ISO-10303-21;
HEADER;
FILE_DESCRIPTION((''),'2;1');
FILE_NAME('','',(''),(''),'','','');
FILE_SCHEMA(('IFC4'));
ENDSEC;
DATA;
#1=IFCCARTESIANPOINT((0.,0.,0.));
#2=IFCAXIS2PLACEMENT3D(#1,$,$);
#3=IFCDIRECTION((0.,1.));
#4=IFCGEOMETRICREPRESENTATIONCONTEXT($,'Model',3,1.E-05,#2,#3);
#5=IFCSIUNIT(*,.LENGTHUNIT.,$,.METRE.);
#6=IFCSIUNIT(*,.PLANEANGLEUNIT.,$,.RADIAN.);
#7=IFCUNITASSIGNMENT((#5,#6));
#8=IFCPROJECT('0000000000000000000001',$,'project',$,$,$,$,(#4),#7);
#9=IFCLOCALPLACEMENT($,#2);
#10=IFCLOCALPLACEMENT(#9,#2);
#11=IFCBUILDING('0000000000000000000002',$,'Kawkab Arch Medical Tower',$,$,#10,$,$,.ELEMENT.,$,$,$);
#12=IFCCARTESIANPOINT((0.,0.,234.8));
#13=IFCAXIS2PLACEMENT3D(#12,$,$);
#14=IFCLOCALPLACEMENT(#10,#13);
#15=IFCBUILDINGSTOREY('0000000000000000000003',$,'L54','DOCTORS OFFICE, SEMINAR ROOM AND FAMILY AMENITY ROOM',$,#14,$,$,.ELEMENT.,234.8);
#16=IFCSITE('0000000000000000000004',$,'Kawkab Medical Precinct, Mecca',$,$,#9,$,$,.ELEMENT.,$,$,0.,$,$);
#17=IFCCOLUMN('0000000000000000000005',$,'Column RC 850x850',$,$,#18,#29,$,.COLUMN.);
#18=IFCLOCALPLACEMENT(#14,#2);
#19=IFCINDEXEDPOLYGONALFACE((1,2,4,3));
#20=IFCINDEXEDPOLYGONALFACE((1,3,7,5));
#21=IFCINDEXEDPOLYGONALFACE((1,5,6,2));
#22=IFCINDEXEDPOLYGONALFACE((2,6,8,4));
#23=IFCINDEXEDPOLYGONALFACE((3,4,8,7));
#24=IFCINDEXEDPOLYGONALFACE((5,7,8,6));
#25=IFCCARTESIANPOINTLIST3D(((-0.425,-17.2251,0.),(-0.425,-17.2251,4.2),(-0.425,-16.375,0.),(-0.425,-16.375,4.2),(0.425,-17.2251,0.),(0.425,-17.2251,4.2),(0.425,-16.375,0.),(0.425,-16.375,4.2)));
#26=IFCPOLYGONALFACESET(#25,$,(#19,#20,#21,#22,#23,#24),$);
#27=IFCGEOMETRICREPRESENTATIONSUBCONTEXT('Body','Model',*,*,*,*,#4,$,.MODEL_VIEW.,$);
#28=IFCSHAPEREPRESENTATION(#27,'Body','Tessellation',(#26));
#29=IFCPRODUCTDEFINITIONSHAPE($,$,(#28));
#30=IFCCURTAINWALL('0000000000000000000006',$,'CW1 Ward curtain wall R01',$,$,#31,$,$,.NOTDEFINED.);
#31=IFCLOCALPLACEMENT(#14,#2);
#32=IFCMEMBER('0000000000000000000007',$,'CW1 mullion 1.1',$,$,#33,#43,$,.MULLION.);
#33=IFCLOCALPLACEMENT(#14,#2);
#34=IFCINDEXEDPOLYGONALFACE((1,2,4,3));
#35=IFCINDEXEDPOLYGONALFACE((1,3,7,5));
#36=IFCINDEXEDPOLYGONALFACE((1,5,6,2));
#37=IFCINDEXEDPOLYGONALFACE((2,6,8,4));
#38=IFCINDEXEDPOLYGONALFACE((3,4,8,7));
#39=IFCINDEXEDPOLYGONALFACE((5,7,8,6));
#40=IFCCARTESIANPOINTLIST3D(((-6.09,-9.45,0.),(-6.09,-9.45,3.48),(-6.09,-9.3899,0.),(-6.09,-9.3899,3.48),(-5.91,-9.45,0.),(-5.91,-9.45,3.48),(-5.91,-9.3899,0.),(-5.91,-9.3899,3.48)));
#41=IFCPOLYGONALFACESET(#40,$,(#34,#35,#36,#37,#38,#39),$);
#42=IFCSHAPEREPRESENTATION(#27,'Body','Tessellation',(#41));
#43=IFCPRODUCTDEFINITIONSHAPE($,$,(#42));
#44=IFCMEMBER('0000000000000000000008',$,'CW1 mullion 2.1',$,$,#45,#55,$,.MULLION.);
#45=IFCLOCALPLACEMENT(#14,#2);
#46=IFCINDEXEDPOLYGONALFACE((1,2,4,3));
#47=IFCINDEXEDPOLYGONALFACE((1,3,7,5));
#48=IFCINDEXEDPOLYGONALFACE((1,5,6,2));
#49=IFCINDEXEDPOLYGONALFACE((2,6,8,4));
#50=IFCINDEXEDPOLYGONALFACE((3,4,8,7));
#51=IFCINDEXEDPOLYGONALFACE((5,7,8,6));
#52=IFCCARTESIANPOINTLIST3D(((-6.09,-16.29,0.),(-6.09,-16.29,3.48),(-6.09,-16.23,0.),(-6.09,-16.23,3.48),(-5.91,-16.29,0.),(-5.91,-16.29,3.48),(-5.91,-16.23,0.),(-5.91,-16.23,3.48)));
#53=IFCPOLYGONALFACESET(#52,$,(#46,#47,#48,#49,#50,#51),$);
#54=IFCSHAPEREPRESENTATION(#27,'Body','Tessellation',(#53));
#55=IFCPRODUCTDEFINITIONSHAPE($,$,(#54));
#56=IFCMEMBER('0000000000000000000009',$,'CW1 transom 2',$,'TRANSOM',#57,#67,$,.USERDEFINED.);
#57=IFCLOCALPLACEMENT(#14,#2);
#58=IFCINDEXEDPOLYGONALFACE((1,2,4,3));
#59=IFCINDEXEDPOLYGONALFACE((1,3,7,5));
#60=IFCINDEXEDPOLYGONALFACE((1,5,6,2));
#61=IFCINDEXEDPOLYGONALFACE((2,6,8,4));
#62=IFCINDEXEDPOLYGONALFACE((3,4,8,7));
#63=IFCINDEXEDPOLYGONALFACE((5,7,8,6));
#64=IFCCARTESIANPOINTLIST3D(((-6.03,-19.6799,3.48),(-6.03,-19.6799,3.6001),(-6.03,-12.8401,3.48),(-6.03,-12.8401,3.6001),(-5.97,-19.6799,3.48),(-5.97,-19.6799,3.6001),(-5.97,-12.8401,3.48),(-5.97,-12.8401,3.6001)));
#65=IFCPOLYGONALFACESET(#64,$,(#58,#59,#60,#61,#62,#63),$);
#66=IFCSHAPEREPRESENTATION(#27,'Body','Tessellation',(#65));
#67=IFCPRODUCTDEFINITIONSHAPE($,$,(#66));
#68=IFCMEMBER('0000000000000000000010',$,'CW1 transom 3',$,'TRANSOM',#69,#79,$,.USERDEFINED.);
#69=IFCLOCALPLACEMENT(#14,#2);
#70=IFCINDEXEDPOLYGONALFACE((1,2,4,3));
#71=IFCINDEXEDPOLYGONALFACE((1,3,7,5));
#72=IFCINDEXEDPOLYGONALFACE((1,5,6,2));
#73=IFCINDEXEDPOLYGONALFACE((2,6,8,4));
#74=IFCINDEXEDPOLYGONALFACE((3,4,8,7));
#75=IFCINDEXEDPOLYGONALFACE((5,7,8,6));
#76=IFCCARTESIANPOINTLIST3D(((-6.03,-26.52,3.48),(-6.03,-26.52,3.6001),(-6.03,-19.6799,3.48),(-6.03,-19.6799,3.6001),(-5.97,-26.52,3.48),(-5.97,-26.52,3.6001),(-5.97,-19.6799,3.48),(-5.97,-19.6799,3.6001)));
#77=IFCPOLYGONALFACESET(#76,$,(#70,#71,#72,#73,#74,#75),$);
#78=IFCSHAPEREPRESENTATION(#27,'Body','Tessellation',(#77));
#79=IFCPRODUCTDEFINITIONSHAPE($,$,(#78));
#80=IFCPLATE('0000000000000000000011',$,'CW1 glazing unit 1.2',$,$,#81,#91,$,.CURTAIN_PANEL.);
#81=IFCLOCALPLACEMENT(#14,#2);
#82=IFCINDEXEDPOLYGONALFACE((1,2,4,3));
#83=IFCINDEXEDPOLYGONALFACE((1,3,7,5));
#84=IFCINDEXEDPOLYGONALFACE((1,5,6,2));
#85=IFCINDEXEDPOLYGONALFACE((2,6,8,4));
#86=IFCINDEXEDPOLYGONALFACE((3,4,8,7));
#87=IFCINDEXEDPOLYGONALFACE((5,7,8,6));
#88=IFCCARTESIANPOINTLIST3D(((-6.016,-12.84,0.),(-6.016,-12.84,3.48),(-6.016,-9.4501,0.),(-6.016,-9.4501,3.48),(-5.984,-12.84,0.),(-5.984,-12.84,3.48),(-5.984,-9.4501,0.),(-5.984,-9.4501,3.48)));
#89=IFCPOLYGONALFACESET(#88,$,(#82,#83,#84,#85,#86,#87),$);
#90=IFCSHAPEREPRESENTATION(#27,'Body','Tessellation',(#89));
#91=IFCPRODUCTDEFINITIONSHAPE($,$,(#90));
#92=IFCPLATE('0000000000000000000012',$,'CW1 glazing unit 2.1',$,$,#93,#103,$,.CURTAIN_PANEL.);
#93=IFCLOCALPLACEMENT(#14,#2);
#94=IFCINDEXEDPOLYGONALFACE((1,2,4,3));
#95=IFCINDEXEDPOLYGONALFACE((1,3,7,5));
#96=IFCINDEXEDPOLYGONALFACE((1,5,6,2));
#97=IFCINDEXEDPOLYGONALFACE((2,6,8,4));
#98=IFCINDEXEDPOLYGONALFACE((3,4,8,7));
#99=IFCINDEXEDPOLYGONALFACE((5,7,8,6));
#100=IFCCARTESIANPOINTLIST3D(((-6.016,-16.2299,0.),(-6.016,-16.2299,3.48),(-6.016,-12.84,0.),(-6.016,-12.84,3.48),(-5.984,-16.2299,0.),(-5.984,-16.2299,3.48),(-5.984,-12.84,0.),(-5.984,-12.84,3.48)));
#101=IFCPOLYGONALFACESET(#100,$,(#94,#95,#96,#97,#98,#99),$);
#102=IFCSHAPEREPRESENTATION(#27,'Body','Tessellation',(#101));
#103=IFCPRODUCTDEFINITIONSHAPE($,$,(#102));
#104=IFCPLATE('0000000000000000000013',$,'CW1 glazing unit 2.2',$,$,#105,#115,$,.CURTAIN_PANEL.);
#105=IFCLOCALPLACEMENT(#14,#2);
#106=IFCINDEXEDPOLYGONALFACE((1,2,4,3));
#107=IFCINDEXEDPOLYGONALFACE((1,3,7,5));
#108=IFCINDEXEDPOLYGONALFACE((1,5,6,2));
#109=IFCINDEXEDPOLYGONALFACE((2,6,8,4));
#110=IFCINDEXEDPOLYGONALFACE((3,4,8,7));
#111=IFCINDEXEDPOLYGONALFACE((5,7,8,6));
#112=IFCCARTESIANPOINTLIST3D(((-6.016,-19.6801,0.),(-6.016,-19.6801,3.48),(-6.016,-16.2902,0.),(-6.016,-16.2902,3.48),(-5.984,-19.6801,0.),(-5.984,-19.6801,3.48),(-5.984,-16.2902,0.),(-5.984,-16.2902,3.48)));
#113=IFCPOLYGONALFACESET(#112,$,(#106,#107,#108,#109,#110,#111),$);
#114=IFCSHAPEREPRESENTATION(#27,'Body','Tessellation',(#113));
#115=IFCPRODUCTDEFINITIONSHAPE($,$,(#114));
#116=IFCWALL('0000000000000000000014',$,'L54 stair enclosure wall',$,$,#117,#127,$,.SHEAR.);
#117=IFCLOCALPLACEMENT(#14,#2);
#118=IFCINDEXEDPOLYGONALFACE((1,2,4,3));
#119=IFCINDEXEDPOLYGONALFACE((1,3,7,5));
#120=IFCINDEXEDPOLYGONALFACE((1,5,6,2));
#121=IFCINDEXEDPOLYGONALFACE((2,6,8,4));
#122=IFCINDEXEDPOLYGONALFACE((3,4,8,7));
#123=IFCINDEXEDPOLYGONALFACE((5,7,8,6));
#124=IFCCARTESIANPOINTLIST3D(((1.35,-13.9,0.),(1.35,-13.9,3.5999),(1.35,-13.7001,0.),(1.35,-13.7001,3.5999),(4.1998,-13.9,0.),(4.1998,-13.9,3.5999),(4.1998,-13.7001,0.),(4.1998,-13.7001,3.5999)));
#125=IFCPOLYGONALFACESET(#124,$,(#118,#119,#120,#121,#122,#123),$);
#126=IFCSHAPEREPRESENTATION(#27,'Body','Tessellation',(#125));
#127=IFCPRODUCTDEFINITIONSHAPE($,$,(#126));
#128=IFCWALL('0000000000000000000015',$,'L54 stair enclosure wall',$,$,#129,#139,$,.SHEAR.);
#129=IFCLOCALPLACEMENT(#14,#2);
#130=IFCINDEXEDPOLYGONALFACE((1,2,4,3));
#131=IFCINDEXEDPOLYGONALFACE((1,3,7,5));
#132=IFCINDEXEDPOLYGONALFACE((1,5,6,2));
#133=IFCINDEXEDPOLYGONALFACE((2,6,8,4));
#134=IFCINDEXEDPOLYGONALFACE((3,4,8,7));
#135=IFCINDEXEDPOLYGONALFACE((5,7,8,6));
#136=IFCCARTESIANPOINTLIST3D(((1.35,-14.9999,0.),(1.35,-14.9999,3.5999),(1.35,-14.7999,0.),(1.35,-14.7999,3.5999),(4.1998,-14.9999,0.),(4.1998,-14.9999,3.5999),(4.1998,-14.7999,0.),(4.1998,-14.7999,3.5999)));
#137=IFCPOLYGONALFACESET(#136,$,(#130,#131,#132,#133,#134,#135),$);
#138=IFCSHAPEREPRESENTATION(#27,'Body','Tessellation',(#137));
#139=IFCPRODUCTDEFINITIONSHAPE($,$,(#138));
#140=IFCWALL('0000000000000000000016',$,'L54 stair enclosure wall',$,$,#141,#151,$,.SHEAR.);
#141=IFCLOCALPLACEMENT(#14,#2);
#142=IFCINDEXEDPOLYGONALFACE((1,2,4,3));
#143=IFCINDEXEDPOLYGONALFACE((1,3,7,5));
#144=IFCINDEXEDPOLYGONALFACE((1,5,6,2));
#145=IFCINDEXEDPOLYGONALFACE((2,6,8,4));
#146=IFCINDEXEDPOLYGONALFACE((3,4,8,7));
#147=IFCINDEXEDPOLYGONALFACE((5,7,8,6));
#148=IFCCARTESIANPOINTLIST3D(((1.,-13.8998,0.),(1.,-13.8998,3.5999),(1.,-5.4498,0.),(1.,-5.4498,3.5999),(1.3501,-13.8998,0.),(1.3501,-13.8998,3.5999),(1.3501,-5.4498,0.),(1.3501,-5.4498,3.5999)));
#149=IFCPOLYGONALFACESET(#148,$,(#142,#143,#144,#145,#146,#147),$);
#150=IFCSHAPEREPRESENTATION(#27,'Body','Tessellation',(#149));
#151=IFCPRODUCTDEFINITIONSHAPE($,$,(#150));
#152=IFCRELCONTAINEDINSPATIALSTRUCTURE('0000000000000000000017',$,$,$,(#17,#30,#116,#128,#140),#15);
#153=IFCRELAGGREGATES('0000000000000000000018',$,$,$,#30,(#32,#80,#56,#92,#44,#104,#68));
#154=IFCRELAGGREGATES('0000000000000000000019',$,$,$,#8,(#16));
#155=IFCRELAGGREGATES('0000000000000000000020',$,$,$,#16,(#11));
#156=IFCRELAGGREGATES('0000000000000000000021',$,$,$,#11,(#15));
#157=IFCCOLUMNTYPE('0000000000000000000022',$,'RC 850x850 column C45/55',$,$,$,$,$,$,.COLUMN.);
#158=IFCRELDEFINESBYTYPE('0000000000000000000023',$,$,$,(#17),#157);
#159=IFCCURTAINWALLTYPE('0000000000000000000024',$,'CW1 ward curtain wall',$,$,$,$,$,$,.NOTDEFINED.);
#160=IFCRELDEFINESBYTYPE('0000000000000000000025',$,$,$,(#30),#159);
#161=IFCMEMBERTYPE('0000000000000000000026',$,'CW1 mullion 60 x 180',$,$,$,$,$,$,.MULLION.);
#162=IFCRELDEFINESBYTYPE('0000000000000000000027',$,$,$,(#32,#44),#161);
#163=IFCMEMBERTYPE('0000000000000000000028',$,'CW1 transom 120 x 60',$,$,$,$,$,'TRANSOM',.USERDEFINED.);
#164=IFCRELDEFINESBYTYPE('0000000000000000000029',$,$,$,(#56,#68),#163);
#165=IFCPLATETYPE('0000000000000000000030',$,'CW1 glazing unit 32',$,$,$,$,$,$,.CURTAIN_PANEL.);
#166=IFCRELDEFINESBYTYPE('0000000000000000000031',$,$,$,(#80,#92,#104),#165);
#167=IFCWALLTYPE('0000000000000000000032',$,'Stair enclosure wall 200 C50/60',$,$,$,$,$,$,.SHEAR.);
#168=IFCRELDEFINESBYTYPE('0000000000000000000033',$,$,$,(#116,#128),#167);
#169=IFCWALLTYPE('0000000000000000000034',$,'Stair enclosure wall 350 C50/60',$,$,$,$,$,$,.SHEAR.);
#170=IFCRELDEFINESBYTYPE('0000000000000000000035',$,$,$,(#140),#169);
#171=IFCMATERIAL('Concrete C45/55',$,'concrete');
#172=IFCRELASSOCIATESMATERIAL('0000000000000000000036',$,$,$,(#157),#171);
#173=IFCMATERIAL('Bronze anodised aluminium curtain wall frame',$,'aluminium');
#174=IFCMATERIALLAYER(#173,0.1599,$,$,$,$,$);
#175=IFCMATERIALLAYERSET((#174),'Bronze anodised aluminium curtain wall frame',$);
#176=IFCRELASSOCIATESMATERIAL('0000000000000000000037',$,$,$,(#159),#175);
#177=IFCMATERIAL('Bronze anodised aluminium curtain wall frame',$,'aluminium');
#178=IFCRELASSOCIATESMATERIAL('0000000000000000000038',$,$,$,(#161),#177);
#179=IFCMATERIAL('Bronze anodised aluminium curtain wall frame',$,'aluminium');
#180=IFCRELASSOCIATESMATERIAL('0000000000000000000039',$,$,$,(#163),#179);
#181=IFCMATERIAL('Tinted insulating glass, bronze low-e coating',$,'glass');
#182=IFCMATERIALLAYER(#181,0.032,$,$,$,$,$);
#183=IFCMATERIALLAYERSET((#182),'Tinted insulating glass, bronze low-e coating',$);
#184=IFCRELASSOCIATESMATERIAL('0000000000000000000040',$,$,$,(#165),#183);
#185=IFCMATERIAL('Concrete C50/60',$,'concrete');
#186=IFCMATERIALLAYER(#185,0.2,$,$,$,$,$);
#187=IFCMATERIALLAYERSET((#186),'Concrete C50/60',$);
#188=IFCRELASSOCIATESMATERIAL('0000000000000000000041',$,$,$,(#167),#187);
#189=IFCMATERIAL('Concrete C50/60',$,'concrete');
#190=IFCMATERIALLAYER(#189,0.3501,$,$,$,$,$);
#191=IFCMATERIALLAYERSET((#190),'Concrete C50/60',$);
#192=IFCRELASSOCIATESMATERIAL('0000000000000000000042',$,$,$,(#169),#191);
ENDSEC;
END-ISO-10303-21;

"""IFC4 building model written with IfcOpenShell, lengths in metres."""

from ifc_helpers import new_model, si_unit, direction, frame, frame_2d, origin, origin_2d, place, context, subcontext, project, spatial, rectangle, extrude, material, layer, layer_set, material_profile, profile_set, type_object, element, aggregate, save


model = new_model("IFC4")

# Units and contexts
model_context = context("Model", 3, precision=1e-05, world=origin(), true_north=direction((0.0, 1.0)))
body_context = subcontext(model_context, "Body", "Model", "MODEL_VIEW")
ifc_project = project(units=[si_unit("LENGTHUNIT", "METRE"), si_unit("PLANEANGLEUNIT", "RADIAN")], contexts=[model_context])

# Site, building, storey
site_placement = place(None, origin())
site = spatial("IfcSite", under=ifc_project, at=site_placement, Name="Kawkab Medical Precinct, Mecca", CompositionType="ELEMENT", RefElevation=0.0)
building_placement = place(site_placement, origin())
building = spatial("IfcBuilding", under=site, at=building_placement, Name="Kawkab Arch Medical Tower", CompositionType="ELEMENT")
storey_placement = place(building_placement, frame((0.0, 0.0, 234.8)))
storey = spatial("IfcBuildingStorey", under=building, at=storey_placement, Name="L54", Description="DOCTORS OFFICE, SEMINAR ROOM AND FAMILY AMENITY ROOM", CompositionType="ELEMENT", Elevation=234.8)

# Column
ifc_material_1 = material(Name="Concrete C45/55", Category="concrete")
ifc_material_profile_1 = material_profile(ifc_material_1, rectangle(XDim=0.8501, YDim=0.8501, at=origin_2d()), Name="RC 850x850")
ifc_profile_set_1 = profile_set([ifc_material_profile_1], Name="Concrete C45/55")
column_type = type_object("IfcColumnType", Name="RC 850x850 column C45/55", PredefinedType="COLUMN", material=ifc_profile_set_1)
column_placement = place(storey_placement, frame((0.0, -16.8, 0.0), z_axis=(0.0, 0.0, 1.0), x_axis=(1.0, 0.0, 0.0)))
element("IfcColumn", 1, at=column_placement, inside=storey, type_object=column_type, Name="Column RC 850x850", PredefinedType="COLUMN", context=body_context, shape_type="SweptSolid", body=[
    extrude(rectangle(XDim=0.8501, YDim=0.8501, at=origin_2d()), origin(), (0.0, 0.0, 1.0), 4.2),
])

# Curtain wall, members, plates
ifc_material_2 = material(Name="Bronze anodised aluminium curtain wall frame", Category="aluminium")
ifc_layer_1 = layer(ifc_material_2, 0.1599)
ifc_layer_set_1 = layer_set([ifc_layer_1], Name="Bronze anodised aluminium curtain wall frame")
curtain_wall_type = type_object("IfcCurtainWallType", Name="CW1 ward curtain wall", PredefinedType="NOTDEFINED", material=ifc_layer_set_1)
placement = place(storey_placement, origin())
curtain_wall = element("IfcCurtainWall", 2, at=placement, inside=storey, type_object=curtain_wall_type, Name="CW1 Ward curtain wall R01", PredefinedType="NOTDEFINED")
ifc_material_3 = material(Name="Bronze anodised aluminium curtain wall frame", Category="aluminium")
ifc_material_profile_2 = material_profile(ifc_material_3, rectangle(XDim=0.1799, YDim=0.0601, at=origin_2d()), Name="AL 60x180")
ifc_profile_set_2 = profile_set([ifc_material_profile_2], Name="Bronze anodised aluminium curtain wall frame")
member_type_1 = type_object("IfcMemberType", Name="CW1 mullion 60 x 180", PredefinedType="MULLION", material=ifc_profile_set_2)
member_1_placement = place(storey_placement, frame((-6.0, -9.4199, 0.0), z_axis=(0.0, 0.0, 1.0), x_axis=(1.0, 0.0, 0.0)))
member_1 = element("IfcMember", 3, at=member_1_placement, type_object=member_type_1, Name="CW1 mullion 1.1", PredefinedType="MULLION", context=body_context, shape_type="SweptSolid", body=[
    extrude(rectangle(XDim=0.1799, YDim=0.0601, at=origin_2d()), origin(), (0.0, 0.0, 1.0), 3.48),
])
member_2_placement = place(storey_placement, frame((-6.0, -16.26, 0.0), z_axis=(0.0, 0.0, 1.0), x_axis=(1.0, 0.0, 0.0)))
member_2 = element("IfcMember", 4, at=member_2_placement, type_object=member_type_1, Name="CW1 mullion 2.1", PredefinedType="MULLION", context=body_context, shape_type="SweptSolid", body=[
    extrude(rectangle(XDim=0.1799, YDim=0.0601, at=origin_2d()), origin(), (0.0, 0.0, 1.0), 3.48),
])
ifc_material_4 = material(Name="Bronze anodised aluminium curtain wall frame", Category="aluminium")
ifc_material_profile_3 = material_profile(ifc_material_4, rectangle(XDim=0.0601, YDim=0.1201, at=origin_2d()), Name="AL 60x120")
ifc_profile_set_3 = profile_set([ifc_material_profile_3], Name="Bronze anodised aluminium curtain wall frame")
member_type_2 = type_object("IfcMemberType", Name="CW1 transom 120 x 60", ElementType="TRANSOM", PredefinedType="USERDEFINED", material=ifc_profile_set_3)
member_3_placement = place(storey_placement, frame((-6.0, -12.8401, 3.54), z_axis=(0.0, -1.0, 0.0), x_axis=(1.0, 0.0, 0.0)))
member_3 = element("IfcMember", 5, at=member_3_placement, type_object=member_type_2, Name="CW1 transom 2", ObjectType="TRANSOM", PredefinedType="USERDEFINED", context=body_context, shape_type="SweptSolid", body=[
    extrude(rectangle(XDim=0.0601, YDim=0.1201, at=origin_2d()), origin(), (0.0, 0.0, 1.0), 6.8398),
])
member_4_placement = place(storey_placement, frame((-6.0, -19.6799, 3.54), z_axis=(0.0, -1.0, 0.0), x_axis=(1.0, 0.0, 0.0)))
member_4 = element("IfcMember", 6, at=member_4_placement, type_object=member_type_2, Name="CW1 transom 3", ObjectType="TRANSOM", PredefinedType="USERDEFINED", context=body_context, shape_type="SweptSolid", body=[
    extrude(rectangle(XDim=0.0601, YDim=0.1201, at=origin_2d()), origin(), (0.0, 0.0, 1.0), 6.8401),
])
ifc_material_5 = material(Name="Tinted insulating glass, bronze low-e coating", Category="glass")
ifc_layer_2 = layer(ifc_material_5, 0.032)
ifc_layer_set_2 = layer_set([ifc_layer_2], Name="Tinted insulating glass, bronze low-e coating")
plate_type = type_object("IfcPlateType", Name="CW1 glazing unit 32", PredefinedType="CURTAIN_PANEL", material=ifc_layer_set_2)
plate_1_placement = place(storey_placement, frame((-6.0, -11.145, 0.0), z_axis=(0.0, 0.0, 1.0), x_axis=(0.0, -1.0, 0.0)))
plate_1 = element("IfcPlate", 7, at=plate_1_placement, type_object=plate_type, Name="CW1 glazing unit 1.2", PredefinedType="CURTAIN_PANEL", context=body_context, shape_type="SweptSolid", body=[
    extrude(rectangle(XDim=3.3899, YDim=0.032, at=origin_2d()), origin(), (0.0, 0.0, 1.0), 3.48),
])
plate_2_placement = place(storey_placement, frame((-6.0, -14.5349, 0.0), z_axis=(0.0, 0.0, 1.0), x_axis=(0.0, -1.0, 0.0)))
plate_2 = element("IfcPlate", 8, at=plate_2_placement, type_object=plate_type, Name="CW1 glazing unit 2.1", PredefinedType="CURTAIN_PANEL", context=body_context, shape_type="SweptSolid", body=[
    extrude(rectangle(XDim=3.3899, YDim=0.032, at=origin_2d()), origin(), (0.0, 0.0, 1.0), 3.48),
])
plate_3_placement = place(storey_placement, frame((-6.0, -17.9851, 0.0), z_axis=(0.0, 0.0, 1.0), x_axis=(0.0, -1.0, 0.0)))
plate_3 = element("IfcPlate", 9, at=plate_3_placement, type_object=plate_type, Name="CW1 glazing unit 2.2", PredefinedType="CURTAIN_PANEL", context=body_context, shape_type="SweptSolid", body=[
    extrude(rectangle(XDim=3.3899, YDim=0.032, at=origin_2d()), origin(), (0.0, 0.0, 1.0), 3.48),
])
aggregate(curtain_wall, [member_1, plate_1, member_3, plate_2, member_2, plate_3, member_4])

# Walls
ifc_material_6 = material(Name="Concrete C50/60", Category="concrete")
ifc_layer_3 = layer(ifc_material_6, 0.2)
ifc_layer_set_3 = layer_set([ifc_layer_3], Name="Concrete C50/60")
wall_type_1 = type_object("IfcWallType", Name="Stair enclosure wall 200 C50/60", PredefinedType="SHEAR", material=ifc_layer_set_3)
for number, where, z_axis, x_axis, name in (
    (10, (1.3501, -13.8, 0.0), (0.0, 0.0, 1.0), (1.0, 0.0, 0.0), "L54 stair enclosure wall"),
    (11, (1.3501, -14.8999, 0.0), (0.0, 0.0, 1.0), (1.0, 0.0, 0.0), "L54 stair enclosure wall"),
):
    element("IfcWall", number, at=place(storey_placement, frame(where, z_axis=z_axis, x_axis=x_axis)), inside=storey, type_object=wall_type_1, Name=name, PredefinedType="SHEAR", context=body_context, shape_type="SweptSolid", body=[
        extrude(rectangle(XDim=2.8499, YDim=0.2, at=frame_2d((1.4248, 0.0))), origin(), (0.0, 0.0, 1.0), 3.5999),
    ])
ifc_material_7 = material(Name="Concrete C50/60", Category="concrete")
ifc_layer_4 = layer(ifc_material_7, 0.3501)
ifc_layer_set_4 = layer_set([ifc_layer_4], Name="Concrete C50/60")
wall_type_2 = type_object("IfcWallType", Name="Stair enclosure wall 350 C50/60", PredefinedType="SHEAR", material=ifc_layer_set_4)
wall_placement = place(storey_placement, frame((1.175, -13.8999, 0.0), z_axis=(0.0, 0.0, 1.0), x_axis=(0.0, 1.0, 0.0)))
element("IfcWall", 12, at=wall_placement, inside=storey, type_object=wall_type_2, Name="L54 stair enclosure wall", PredefinedType="SHEAR", context=body_context, shape_type="SweptSolid", body=[
    extrude(rectangle(XDim=8.45, YDim=0.3501, at=frame_2d((4.2251, 0.0))), origin(), (0.0, 0.0, 1.0), 3.5999),
])

save(model, "model.ifc")
